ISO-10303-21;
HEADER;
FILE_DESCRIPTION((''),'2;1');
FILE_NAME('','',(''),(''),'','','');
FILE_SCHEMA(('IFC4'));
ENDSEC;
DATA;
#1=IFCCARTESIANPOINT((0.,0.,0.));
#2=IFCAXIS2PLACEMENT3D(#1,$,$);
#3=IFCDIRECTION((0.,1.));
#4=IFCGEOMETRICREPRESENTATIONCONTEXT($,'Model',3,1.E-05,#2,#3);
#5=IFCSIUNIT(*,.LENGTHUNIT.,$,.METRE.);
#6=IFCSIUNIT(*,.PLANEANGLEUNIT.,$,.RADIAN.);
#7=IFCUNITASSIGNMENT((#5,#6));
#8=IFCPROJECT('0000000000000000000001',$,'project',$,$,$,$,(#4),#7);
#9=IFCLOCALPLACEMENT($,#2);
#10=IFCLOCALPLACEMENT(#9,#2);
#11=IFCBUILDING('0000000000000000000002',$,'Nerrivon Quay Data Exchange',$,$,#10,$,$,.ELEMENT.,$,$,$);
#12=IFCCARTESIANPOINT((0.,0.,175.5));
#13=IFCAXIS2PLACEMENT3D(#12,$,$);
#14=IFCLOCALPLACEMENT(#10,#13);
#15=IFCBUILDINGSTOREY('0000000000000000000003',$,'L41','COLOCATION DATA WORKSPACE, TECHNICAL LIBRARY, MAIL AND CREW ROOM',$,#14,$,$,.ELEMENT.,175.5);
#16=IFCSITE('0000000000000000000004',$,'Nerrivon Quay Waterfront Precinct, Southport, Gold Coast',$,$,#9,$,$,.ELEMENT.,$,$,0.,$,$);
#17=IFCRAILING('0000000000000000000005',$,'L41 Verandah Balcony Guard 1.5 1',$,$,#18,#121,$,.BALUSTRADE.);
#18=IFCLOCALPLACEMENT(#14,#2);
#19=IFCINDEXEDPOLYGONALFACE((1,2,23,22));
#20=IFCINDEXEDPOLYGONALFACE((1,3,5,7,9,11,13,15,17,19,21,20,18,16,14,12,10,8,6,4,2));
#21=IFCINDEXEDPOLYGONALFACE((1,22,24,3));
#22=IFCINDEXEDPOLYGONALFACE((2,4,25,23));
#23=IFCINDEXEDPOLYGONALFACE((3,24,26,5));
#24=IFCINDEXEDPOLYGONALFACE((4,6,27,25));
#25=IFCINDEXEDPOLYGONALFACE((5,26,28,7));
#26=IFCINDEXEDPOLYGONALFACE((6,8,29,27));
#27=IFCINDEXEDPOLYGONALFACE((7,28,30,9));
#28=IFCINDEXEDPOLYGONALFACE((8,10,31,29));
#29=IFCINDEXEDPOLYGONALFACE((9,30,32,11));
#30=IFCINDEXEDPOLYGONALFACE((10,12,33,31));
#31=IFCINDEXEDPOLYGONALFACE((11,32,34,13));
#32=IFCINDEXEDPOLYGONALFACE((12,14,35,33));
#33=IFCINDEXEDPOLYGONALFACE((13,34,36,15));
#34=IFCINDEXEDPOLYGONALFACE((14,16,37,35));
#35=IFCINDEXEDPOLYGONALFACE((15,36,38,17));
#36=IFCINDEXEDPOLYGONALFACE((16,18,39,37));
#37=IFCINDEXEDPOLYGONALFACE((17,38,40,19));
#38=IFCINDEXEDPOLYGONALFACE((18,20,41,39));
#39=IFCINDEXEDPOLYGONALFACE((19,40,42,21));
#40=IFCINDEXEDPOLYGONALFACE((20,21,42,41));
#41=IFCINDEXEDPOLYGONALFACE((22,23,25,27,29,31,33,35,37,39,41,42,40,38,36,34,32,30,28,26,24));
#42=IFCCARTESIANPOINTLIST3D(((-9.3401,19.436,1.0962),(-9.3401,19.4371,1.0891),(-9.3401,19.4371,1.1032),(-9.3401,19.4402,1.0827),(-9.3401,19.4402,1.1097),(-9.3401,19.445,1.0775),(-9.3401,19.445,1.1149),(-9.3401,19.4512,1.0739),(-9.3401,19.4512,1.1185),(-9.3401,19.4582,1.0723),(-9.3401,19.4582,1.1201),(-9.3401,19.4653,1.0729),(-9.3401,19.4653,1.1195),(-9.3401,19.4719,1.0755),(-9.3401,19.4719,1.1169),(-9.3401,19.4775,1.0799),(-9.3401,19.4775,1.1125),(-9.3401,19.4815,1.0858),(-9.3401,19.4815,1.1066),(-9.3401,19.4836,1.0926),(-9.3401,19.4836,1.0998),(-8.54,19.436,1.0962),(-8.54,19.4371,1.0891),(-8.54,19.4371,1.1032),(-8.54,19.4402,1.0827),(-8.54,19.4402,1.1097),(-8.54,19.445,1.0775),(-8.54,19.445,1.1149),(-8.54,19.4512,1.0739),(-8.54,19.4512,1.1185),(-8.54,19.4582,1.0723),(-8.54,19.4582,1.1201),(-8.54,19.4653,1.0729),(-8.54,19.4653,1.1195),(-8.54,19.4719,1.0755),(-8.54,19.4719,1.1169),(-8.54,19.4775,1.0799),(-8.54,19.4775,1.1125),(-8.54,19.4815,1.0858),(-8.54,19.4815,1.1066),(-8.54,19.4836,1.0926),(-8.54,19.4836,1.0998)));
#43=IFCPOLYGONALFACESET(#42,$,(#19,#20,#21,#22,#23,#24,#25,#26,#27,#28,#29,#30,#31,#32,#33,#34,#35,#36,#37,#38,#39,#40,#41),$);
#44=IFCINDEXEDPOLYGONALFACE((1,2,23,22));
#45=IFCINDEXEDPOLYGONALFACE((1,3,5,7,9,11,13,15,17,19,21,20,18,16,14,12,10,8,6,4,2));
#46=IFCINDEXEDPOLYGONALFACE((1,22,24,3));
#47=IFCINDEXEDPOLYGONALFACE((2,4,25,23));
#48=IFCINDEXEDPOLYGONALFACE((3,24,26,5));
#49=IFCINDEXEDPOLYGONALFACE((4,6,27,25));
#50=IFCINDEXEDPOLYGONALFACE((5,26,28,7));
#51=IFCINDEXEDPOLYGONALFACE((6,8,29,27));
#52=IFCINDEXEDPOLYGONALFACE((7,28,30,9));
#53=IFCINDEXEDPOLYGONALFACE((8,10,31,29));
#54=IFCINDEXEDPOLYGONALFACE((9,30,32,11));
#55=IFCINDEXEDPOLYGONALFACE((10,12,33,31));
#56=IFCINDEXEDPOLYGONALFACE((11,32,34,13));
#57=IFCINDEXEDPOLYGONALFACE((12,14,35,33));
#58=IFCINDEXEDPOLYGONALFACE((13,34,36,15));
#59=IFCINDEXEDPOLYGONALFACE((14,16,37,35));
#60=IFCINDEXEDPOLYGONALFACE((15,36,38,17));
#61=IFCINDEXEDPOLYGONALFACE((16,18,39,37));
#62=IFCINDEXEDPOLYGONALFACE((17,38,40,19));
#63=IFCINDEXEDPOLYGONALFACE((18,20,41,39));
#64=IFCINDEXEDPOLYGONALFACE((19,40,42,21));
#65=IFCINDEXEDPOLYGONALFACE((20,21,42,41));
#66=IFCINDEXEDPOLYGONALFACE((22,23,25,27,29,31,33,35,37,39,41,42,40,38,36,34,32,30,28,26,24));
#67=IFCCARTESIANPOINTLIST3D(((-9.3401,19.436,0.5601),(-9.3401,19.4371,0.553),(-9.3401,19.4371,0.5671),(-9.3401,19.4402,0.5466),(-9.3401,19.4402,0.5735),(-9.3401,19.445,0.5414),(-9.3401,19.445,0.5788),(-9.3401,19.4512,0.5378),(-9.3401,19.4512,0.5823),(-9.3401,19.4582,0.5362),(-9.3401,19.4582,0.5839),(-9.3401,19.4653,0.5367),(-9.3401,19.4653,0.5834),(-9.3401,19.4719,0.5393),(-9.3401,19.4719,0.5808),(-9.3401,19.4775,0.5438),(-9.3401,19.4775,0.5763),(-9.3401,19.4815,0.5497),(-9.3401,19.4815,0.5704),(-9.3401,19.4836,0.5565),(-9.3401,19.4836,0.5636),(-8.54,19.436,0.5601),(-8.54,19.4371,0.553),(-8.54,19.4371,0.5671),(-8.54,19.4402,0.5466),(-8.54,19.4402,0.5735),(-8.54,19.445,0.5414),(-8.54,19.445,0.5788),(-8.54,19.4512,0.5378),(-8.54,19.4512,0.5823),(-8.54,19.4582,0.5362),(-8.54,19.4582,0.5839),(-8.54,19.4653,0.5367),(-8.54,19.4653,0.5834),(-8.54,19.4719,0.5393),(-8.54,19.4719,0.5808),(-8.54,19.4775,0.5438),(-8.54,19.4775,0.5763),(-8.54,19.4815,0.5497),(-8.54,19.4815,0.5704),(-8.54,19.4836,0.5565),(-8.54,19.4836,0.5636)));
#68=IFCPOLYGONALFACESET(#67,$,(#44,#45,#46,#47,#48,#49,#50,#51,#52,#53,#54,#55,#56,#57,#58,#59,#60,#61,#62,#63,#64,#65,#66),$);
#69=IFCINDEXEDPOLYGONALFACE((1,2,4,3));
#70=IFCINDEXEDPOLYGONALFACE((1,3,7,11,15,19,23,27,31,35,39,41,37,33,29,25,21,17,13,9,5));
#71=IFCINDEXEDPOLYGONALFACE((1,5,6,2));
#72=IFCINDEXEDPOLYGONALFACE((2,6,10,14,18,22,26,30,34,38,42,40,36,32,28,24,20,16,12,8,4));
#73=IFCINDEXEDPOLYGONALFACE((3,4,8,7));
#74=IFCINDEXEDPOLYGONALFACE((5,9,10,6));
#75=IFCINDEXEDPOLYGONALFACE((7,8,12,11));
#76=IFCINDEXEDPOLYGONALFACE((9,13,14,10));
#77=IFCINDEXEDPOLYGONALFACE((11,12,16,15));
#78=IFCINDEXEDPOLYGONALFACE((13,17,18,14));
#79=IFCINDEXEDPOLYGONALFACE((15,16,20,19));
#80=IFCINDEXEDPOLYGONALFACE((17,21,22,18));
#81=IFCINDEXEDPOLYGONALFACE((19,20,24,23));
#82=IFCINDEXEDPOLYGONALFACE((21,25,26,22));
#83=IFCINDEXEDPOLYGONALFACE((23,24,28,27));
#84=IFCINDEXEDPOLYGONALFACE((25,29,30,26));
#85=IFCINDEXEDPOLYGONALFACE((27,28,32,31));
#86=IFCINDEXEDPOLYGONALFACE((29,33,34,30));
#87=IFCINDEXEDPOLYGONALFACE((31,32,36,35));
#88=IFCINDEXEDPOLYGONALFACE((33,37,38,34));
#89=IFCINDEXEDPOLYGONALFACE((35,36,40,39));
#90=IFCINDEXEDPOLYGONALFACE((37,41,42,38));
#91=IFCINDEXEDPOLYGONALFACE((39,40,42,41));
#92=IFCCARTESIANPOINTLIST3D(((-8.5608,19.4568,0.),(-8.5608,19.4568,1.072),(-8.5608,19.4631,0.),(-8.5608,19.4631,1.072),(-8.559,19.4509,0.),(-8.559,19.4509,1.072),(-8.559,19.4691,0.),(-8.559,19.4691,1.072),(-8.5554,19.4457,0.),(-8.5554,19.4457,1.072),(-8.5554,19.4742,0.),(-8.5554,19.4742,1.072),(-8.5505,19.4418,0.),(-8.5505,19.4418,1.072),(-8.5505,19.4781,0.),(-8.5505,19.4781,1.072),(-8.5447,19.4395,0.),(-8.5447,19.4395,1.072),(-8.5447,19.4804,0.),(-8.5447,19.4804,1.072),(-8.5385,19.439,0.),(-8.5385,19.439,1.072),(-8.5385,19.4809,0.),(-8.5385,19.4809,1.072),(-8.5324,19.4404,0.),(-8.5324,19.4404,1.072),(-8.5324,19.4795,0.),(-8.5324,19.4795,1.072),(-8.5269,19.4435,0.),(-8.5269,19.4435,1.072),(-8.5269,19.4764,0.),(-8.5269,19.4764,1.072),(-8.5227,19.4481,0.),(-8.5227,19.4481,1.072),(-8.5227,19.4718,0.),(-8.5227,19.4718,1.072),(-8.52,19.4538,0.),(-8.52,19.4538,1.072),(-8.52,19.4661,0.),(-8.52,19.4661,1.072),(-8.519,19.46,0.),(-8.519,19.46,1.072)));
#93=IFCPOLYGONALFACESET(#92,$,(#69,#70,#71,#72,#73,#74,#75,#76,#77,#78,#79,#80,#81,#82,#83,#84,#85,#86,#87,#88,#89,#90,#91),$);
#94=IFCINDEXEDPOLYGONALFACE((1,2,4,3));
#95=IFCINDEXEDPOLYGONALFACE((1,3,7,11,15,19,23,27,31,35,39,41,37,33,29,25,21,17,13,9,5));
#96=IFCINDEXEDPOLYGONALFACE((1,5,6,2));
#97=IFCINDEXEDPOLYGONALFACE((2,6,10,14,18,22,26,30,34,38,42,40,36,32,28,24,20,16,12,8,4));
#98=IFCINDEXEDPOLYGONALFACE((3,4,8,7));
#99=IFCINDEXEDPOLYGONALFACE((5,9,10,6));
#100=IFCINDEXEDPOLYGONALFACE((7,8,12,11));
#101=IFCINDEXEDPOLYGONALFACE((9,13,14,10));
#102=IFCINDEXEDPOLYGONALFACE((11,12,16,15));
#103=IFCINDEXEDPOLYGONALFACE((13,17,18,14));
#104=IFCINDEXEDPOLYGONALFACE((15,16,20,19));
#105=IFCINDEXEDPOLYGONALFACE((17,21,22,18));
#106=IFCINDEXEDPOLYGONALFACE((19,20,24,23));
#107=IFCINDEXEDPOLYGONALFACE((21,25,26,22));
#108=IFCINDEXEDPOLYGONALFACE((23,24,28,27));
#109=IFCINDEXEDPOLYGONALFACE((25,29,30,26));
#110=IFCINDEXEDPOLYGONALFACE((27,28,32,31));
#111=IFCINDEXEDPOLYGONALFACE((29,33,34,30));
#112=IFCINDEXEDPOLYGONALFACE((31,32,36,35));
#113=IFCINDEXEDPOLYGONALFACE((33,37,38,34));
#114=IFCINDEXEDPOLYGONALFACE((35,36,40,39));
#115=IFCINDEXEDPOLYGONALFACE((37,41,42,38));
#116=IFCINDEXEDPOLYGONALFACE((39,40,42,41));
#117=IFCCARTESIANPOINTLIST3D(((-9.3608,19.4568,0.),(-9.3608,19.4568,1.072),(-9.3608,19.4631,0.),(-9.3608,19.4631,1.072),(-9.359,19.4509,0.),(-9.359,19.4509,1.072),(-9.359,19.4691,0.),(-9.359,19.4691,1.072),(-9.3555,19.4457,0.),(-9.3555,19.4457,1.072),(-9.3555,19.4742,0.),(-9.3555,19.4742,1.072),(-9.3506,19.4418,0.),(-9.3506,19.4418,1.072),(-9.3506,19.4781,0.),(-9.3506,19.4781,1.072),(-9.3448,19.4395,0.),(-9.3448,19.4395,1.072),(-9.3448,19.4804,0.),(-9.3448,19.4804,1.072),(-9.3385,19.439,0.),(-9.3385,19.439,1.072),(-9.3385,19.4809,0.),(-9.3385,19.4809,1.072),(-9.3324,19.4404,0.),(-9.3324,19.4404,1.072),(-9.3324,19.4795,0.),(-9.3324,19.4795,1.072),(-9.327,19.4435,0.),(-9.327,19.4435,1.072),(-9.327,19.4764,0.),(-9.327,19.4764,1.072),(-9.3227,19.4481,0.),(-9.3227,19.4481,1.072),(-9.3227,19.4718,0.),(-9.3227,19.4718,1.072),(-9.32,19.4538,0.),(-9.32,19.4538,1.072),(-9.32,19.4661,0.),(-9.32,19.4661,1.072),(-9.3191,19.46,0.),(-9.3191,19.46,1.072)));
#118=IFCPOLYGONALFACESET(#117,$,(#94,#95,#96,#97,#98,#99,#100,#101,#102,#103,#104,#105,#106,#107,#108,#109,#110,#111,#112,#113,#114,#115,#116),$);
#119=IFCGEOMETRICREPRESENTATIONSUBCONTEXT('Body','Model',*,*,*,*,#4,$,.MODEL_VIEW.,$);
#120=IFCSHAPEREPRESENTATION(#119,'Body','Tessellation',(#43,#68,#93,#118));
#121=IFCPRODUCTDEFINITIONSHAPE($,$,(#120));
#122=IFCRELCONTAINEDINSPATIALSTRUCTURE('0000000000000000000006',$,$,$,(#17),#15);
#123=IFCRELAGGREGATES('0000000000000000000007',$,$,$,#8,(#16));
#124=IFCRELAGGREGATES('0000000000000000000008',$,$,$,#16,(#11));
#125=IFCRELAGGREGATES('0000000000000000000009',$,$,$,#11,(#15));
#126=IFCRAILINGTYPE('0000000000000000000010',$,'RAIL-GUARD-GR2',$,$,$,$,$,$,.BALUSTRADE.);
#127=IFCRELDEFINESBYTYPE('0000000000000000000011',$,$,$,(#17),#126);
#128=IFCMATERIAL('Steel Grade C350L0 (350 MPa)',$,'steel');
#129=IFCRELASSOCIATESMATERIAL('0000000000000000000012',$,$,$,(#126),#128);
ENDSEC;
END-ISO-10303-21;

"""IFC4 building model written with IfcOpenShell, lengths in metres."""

from ifc_helpers import new_model, si_unit, direction, frame, origin, origin_2d, place, context, subcontext, project, spatial, circle, extrude, material, type_object, element, save


model = new_model("IFC4")

# Units and contexts
model_context = context("Model", 3, precision=1e-05, world=origin(), true_north=direction((0.0, 1.0)))
body_context = subcontext(model_context, "Body", "Model", "MODEL_VIEW")
ifc_project = project(units=[si_unit("LENGTHUNIT", "METRE"), si_unit("PLANEANGLEUNIT", "RADIAN")], contexts=[model_context])

# Site, building, storey
site_placement = place(None, origin())
site = spatial("IfcSite", under=ifc_project, at=site_placement, Name="Nerrivon Quay Waterfront Precinct, Southport, Gold Coast", CompositionType="ELEMENT", RefElevation=0.0)
building_placement = place(site_placement, origin())
building = spatial("IfcBuilding", under=site, at=building_placement, Name="Nerrivon Quay Data Exchange", CompositionType="ELEMENT")
storey_placement = place(building_placement, frame((0.0, 0.0, 175.5)))
storey = spatial("IfcBuildingStorey", under=building, at=storey_placement, Name="L41", Description="COLOCATION DATA WORKSPACE, TECHNICAL LIBRARY, MAIL AND CREW ROOM", CompositionType="ELEMENT", Elevation=175.5)

# Railing
ifc_material_1 = material(Name="Steel Grade C350L0 (350 MPa)", Category="steel")
railing_type = type_object("IfcRailingType", Name="RAIL-GUARD-GR2", PredefinedType="BALUSTRADE", material=ifc_material_1)
railing_1_placement = place(storey_placement, frame((-8.54, 19.46, 0.0)))
element("IfcRailing", 1, at=railing_1_placement, inside=storey, type_object=railing_type, Name="L41 Verandah Balcony Guard 1.5 1", PredefinedType="BALUSTRADE", context=body_context, shape_type="SweptSolid", body=[
    extrude(circle(Radius=0.0239, at=origin_2d()), frame((0.0, 0.0, 1.0962), z_axis=(-1.0, 0.0, 0.0), x_axis=(0.0, -1.0, 0.0)), (0.0, 0.0, 1.0), 0.8),
    extrude(circle(Radius=0.0239, at=origin_2d()), frame((0.0, 0.0, 0.5601), z_axis=(-1.0, 0.0, 0.0), x_axis=(0.0, -1.0, 0.0)), (0.0, 0.0, 1.0), 0.8),
    extrude(circle(Radius=0.021, at=origin_2d()), origin(), (0.0, 0.0, 1.0), 1.072),
    extrude(circle(Radius=0.021, at=origin_2d()), frame((-0.8, 0.0, 0.0)), (0.0, 0.0, 1.0), 1.072),
])

save(model, "model.ifc")
